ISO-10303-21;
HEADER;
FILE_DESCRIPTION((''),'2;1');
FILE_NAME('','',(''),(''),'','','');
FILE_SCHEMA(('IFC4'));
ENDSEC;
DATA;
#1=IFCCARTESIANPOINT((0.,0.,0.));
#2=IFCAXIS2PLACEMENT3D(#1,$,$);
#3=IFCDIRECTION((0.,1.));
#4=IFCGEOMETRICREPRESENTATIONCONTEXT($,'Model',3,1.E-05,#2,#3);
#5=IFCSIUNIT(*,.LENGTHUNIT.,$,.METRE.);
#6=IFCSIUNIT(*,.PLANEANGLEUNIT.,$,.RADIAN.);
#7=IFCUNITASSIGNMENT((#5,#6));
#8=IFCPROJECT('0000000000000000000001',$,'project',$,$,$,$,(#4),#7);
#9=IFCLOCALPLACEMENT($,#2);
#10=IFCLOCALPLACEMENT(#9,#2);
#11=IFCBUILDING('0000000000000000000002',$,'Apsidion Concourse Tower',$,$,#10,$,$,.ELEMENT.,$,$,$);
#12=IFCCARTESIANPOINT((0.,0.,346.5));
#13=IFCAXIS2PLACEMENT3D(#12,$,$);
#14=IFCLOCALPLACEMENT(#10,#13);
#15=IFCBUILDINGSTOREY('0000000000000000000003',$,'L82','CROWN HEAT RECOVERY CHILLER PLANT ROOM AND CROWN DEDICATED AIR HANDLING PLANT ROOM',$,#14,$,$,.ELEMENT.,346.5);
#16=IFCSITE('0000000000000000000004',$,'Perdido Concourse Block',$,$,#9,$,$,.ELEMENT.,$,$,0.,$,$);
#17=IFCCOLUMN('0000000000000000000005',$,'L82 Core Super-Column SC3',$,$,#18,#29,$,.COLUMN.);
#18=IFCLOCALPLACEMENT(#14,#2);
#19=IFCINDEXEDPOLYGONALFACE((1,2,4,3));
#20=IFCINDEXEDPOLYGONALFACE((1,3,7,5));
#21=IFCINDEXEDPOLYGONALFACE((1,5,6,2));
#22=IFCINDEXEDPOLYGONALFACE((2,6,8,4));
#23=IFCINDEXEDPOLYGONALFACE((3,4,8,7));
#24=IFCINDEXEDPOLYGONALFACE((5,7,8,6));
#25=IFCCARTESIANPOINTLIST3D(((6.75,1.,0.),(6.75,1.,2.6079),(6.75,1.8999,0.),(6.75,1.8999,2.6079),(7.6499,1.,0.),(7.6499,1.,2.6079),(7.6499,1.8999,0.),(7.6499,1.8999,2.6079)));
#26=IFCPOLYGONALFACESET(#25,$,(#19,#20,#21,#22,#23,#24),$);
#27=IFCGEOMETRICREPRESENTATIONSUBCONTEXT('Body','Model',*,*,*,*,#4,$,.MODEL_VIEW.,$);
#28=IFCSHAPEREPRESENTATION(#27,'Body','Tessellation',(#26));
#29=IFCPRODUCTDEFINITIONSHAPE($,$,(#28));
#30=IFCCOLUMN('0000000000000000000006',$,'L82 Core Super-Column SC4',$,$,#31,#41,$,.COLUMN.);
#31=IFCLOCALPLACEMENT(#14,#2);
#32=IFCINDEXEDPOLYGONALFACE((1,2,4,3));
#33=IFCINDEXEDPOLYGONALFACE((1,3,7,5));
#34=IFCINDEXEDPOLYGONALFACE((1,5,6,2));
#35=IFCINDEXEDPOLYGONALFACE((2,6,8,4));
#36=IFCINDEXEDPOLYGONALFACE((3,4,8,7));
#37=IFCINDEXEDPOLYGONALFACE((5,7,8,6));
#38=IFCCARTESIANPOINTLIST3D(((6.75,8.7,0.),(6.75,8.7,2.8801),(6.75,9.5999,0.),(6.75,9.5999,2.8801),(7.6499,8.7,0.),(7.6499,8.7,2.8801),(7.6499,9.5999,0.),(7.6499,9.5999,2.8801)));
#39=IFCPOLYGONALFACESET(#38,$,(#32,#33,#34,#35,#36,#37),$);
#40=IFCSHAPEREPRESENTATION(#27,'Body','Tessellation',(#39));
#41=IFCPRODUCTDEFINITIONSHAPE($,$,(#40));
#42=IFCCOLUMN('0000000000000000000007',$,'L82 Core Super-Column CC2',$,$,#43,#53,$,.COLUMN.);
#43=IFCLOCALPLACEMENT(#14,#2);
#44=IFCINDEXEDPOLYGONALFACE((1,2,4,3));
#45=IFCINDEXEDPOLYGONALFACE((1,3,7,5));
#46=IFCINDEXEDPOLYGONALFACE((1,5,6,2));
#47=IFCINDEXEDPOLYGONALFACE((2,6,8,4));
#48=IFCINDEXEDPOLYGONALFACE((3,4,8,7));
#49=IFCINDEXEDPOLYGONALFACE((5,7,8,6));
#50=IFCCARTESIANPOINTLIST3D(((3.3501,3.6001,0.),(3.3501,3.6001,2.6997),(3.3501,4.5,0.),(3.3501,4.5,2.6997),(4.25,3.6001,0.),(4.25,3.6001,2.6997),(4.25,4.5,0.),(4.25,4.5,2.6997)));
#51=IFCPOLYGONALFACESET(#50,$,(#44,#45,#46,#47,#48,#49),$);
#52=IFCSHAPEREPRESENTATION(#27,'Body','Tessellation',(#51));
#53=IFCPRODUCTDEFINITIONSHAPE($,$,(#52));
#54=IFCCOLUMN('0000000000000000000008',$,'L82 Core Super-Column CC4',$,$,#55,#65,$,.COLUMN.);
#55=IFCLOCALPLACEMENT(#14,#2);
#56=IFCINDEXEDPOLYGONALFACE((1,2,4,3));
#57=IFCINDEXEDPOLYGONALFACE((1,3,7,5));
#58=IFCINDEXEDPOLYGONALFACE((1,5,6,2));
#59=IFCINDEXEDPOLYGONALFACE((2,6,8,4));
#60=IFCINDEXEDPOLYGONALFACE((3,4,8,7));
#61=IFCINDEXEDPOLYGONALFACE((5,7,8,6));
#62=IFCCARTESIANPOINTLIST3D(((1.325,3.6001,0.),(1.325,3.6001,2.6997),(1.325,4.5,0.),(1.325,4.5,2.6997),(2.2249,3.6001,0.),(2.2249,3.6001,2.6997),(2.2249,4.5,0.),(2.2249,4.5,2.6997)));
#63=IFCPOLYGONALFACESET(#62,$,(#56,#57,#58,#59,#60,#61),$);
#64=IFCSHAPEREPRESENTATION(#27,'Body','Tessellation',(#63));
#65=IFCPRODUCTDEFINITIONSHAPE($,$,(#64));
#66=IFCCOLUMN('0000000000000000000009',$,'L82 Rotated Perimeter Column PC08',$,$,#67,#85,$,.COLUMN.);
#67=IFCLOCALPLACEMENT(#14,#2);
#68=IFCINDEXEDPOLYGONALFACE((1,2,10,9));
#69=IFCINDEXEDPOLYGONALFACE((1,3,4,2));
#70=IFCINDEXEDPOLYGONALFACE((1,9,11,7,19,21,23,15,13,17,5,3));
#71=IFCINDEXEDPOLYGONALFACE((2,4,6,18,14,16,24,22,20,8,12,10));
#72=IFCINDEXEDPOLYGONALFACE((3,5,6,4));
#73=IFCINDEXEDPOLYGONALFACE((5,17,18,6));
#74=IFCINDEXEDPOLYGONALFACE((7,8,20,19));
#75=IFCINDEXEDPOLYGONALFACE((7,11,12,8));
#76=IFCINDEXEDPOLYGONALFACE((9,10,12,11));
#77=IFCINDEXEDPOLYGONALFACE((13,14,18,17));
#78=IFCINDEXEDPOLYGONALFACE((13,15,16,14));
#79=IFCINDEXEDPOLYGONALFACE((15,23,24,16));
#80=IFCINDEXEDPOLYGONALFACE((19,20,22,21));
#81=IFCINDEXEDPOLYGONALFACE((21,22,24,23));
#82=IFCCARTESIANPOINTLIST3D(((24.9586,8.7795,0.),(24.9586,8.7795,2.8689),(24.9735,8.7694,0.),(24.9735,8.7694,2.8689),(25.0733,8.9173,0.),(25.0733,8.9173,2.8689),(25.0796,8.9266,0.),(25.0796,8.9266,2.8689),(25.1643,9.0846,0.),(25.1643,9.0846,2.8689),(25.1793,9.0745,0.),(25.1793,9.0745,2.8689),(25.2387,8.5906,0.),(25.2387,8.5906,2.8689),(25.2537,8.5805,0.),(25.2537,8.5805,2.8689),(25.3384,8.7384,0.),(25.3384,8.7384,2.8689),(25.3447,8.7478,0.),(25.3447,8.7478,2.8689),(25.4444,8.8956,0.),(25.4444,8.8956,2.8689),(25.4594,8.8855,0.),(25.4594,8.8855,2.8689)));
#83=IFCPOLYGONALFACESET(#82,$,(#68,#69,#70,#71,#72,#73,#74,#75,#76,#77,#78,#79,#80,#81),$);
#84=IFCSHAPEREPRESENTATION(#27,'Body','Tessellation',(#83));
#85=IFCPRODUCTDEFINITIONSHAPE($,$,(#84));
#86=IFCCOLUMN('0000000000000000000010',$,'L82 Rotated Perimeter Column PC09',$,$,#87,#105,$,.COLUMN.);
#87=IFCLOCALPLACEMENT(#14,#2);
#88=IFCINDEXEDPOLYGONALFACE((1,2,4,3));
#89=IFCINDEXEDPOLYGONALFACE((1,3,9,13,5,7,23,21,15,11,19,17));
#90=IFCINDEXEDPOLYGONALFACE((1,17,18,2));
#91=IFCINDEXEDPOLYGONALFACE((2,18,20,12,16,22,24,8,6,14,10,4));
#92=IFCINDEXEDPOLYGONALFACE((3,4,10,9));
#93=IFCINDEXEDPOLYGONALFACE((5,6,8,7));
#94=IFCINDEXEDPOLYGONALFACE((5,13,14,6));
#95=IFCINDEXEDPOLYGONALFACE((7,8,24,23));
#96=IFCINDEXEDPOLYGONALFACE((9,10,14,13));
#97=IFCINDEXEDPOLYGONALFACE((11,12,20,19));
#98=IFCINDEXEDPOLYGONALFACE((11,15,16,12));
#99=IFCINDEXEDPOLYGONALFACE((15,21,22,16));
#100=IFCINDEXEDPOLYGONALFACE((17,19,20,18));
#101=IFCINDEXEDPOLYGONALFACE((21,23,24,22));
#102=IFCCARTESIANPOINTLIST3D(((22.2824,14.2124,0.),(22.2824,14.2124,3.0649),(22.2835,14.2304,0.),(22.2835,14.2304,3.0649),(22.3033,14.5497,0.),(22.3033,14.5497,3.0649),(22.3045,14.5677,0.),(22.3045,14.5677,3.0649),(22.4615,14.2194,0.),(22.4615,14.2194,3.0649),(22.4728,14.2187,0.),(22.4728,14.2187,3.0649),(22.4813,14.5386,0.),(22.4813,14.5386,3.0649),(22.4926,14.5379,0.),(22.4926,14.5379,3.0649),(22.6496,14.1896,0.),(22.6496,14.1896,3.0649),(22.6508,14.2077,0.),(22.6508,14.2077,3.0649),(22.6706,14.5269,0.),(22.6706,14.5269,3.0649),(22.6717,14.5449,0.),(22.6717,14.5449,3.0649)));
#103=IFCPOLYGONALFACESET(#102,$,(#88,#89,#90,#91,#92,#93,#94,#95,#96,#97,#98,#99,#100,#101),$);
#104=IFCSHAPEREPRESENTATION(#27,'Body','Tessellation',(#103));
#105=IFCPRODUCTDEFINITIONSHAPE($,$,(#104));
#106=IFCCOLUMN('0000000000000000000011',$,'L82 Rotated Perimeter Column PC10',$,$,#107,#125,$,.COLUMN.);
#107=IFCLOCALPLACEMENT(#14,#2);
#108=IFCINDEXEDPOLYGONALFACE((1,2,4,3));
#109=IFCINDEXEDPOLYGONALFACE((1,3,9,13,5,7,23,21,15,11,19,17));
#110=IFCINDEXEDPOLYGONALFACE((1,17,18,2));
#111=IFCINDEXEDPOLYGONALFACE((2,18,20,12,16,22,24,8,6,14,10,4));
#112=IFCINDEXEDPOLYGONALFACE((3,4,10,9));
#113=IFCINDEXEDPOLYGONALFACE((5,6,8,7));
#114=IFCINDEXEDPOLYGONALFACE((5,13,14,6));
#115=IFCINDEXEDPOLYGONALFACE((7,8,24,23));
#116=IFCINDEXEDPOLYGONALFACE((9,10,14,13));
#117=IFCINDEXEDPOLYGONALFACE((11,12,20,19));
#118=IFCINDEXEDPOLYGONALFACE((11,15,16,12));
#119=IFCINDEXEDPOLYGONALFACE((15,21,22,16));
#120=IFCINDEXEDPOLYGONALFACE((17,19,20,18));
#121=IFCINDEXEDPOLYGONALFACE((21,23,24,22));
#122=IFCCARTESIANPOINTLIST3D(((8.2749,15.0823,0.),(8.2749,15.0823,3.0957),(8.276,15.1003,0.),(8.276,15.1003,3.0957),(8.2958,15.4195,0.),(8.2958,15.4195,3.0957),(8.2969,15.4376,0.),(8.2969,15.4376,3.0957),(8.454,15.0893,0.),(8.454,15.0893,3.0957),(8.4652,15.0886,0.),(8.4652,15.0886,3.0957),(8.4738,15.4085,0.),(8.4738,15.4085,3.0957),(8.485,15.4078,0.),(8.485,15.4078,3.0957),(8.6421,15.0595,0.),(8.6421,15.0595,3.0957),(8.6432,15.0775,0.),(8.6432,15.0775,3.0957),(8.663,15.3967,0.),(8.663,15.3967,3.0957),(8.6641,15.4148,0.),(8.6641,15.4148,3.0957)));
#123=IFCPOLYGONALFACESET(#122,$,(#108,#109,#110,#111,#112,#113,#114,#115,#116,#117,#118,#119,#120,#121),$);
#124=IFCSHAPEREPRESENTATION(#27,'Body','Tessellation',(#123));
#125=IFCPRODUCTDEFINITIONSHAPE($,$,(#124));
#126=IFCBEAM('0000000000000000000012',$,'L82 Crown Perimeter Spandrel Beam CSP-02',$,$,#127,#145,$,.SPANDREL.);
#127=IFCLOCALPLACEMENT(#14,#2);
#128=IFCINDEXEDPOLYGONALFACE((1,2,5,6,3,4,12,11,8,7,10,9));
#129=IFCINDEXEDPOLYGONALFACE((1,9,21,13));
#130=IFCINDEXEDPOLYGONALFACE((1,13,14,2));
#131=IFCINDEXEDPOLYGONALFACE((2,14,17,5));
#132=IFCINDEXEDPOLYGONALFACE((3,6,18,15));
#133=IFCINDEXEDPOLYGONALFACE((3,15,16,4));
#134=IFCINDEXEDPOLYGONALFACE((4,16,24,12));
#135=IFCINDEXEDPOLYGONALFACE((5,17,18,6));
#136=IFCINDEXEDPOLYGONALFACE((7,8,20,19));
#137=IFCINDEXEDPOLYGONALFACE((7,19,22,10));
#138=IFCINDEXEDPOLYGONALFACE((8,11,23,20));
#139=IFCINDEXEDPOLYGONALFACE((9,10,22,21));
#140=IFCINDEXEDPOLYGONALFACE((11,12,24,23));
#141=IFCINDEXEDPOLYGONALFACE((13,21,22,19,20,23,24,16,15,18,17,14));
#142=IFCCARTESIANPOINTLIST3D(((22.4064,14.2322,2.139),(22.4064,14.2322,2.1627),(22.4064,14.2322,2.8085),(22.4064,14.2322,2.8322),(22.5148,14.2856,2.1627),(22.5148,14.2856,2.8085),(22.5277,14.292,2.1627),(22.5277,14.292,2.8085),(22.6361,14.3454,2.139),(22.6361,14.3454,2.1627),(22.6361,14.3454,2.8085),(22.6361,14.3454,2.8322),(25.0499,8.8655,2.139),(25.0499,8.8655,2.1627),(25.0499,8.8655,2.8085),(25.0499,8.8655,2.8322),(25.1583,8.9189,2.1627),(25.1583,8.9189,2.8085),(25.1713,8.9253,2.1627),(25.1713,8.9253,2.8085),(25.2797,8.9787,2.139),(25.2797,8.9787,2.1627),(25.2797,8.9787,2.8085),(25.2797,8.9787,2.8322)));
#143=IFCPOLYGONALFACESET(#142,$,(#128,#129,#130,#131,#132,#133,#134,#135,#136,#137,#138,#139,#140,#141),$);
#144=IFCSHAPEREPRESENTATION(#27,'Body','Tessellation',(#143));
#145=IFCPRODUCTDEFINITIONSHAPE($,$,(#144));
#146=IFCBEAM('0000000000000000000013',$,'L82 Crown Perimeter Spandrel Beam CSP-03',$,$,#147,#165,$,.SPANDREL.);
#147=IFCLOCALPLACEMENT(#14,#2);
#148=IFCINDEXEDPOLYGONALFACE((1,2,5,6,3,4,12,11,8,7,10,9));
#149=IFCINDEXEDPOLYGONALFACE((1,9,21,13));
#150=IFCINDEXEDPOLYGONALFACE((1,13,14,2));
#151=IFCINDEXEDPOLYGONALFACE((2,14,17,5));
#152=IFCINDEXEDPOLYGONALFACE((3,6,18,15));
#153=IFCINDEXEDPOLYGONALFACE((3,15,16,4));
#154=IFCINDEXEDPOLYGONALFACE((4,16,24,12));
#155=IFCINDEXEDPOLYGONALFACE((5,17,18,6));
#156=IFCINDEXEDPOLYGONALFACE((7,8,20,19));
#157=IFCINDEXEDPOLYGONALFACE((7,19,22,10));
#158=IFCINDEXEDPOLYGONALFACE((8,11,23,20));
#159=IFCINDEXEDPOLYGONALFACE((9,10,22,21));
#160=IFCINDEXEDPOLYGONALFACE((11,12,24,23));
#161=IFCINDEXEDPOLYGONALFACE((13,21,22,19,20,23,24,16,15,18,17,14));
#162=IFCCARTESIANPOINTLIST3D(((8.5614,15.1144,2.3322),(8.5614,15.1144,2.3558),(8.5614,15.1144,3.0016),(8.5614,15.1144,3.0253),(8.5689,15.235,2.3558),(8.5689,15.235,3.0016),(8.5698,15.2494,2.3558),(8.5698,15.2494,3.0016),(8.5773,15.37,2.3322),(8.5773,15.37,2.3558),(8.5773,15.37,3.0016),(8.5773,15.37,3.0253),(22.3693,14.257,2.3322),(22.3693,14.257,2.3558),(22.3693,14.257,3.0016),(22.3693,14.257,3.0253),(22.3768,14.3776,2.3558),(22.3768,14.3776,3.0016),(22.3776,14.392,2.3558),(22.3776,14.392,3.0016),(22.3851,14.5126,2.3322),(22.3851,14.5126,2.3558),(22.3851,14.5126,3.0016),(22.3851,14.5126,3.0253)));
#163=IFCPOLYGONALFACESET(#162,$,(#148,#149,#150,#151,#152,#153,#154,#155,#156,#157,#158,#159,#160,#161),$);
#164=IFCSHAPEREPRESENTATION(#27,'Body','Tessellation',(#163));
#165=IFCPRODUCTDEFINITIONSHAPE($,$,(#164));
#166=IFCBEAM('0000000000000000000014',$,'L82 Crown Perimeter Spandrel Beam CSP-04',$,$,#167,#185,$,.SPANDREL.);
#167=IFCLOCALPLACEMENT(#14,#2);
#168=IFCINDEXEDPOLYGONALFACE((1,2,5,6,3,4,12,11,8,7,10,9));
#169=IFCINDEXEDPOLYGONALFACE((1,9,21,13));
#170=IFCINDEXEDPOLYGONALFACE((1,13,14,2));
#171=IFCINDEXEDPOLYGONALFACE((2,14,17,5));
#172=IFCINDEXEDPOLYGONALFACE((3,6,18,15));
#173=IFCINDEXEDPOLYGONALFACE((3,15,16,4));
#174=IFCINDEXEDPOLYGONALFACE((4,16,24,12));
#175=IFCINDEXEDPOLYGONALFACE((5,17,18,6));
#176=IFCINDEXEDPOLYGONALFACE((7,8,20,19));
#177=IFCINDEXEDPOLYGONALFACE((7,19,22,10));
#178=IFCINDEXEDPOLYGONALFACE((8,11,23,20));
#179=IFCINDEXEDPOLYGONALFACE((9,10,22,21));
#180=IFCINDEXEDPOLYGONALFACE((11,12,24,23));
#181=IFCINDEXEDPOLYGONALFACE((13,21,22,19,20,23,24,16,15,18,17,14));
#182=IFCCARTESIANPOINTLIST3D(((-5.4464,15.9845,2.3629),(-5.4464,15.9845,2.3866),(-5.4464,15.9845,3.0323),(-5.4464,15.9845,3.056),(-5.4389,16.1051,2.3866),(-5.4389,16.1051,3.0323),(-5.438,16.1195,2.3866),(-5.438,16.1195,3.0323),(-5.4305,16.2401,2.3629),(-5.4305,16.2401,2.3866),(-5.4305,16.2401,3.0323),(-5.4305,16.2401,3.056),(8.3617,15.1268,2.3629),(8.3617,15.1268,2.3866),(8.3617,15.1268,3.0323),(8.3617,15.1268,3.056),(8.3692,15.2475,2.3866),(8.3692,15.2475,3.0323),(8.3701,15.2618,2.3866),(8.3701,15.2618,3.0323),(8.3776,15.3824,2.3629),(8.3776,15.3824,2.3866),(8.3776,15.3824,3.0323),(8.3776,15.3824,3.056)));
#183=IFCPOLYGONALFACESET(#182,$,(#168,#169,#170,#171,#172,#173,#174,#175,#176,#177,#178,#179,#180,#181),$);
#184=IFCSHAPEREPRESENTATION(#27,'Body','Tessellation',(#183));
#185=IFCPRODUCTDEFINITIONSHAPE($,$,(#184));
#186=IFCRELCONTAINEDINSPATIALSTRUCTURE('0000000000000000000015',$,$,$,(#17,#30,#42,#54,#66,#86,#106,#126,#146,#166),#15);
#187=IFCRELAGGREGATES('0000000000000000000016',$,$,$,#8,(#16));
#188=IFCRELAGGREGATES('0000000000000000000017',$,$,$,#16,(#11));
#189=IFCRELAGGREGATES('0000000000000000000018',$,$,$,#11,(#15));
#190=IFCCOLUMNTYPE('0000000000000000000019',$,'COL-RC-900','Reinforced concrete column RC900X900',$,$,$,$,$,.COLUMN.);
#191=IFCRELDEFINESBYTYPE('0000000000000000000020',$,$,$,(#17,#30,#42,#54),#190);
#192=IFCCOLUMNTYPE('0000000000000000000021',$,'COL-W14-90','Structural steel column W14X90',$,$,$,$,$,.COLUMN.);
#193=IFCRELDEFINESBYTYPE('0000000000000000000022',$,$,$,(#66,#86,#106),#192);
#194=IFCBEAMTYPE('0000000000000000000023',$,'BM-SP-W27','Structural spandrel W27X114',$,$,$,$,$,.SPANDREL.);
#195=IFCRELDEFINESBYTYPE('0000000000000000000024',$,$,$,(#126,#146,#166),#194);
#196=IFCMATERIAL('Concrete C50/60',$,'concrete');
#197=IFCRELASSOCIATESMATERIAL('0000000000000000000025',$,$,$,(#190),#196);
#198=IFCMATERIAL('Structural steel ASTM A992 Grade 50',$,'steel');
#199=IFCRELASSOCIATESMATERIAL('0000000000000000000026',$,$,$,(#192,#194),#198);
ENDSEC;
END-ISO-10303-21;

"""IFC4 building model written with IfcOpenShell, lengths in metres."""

from ifc_helpers import new_model, si_unit, direction, frame, origin, origin_2d, place, context, subcontext, project, spatial, rectangle, i_section, extrude, material, material_profile, profile_set, type_object, element, save


model = new_model("IFC4")

# Units and contexts
model_context = context("Model", 3, precision=1e-05, world=origin(), true_north=direction((0.0, 1.0)))
body_context = subcontext(model_context, "Body", "Model", "MODEL_VIEW")
ifc_project = project(units=[si_unit("LENGTHUNIT", "METRE"), si_unit("PLANEANGLEUNIT", "RADIAN")], contexts=[model_context])

# Site, building, storey
site_placement = place(None, origin())
site = spatial("IfcSite", under=ifc_project, at=site_placement, Name="Perdido Concourse Block", CompositionType="ELEMENT", RefElevation=0.0)
building_placement = place(site_placement, origin())
building = spatial("IfcBuilding", under=site, at=building_placement, Name="Apsidion Concourse Tower", CompositionType="ELEMENT")
storey_placement = place(building_placement, frame((0.0, 0.0, 346.5)))
storey = spatial("IfcBuildingStorey", under=building, at=storey_placement, Name="L82", Description="CROWN HEAT RECOVERY CHILLER PLANT ROOM AND CROWN DEDICATED AIR HANDLING PLANT ROOM", CompositionType="ELEMENT", Elevation=346.5)

# Columns
ifc_material_1 = material(Name="Concrete C50/60", Category="concrete")
ifc_material_profile_1 = material_profile(ifc_material_1, rectangle(XDim=0.8999, YDim=0.8999, at=origin_2d()), Name="RC 900x900")
ifc_profile_set_1 = profile_set([ifc_material_profile_1], Name="Concrete C50/60")
column_type_1 = type_object("IfcColumnType", Name="COL-RC-900", Description="Reinforced concrete column RC900X900", PredefinedType="COLUMN", material=ifc_profile_set_1)
column_1_placement = place(storey_placement, frame((7.2, 1.45, 0.0), z_axis=(0.0, 0.0, 1.0), x_axis=(1.0, 0.0, 0.0)))
element("IfcColumn", 1, at=column_1_placement, inside=storey, type_object=column_type_1, Name="L82 Core Super-Column SC3", PredefinedType="COLUMN", context=body_context, shape_type="SweptSolid", body=[
    extrude(rectangle(XDim=0.8999, YDim=0.8999, at=origin_2d()), origin(), (0.0, 0.0, 1.0), 2.6079),
])
column_2_placement = place(storey_placement, frame((7.2, 9.1499, 0.0), z_axis=(0.0, 0.0, 1.0), x_axis=(1.0, 0.0, 0.0)))
element("IfcColumn", 2, at=column_2_placement, inside=storey, type_object=column_type_1, Name="L82 Core Super-Column SC4", PredefinedType="COLUMN", context=body_context, shape_type="SweptSolid", body=[
    extrude(rectangle(XDim=0.8999, YDim=0.8999, at=origin_2d()), origin(), (0.0, 0.0, 1.0), 2.8801),
])
for number, where, z_axis, x_axis, name in (
    (3, (3.8, 4.05, 0.0), (0.0, 0.0, 1.0), (1.0, 0.0, 0.0), "L82 Core Super-Column CC2"),
    (4, (1.7749, 4.05, 0.0), (0.0, 0.0, 1.0), (1.0, 0.0, 0.0), "L82 Core Super-Column CC4"),
):
    element("IfcColumn", number, at=place(storey_placement, frame(where, z_axis=z_axis, x_axis=x_axis)), inside=storey, type_object=column_type_1, Name=name, PredefinedType="COLUMN", context=body_context, shape_type="SweptSolid", body=[
        extrude(rectangle(XDim=0.8999, YDim=0.8999, at=origin_2d()), origin(), (0.0, 0.0, 1.0), 2.6997),
    ])
ifc_material_2 = material(Name="Structural steel ASTM A992 Grade 50", Category="steel")
ifc_material_profile_2 = material_profile(ifc_material_2, i_section(OverallWidth=0.3679, OverallDepth=0.356, WebThickness=0.0112, FlangeThickness=0.0181, at=origin_2d()), Name="W14X90")
ifc_profile_set_2 = profile_set([ifc_material_profile_2], Name="Structural steel ASTM A992 Grade 50")
column_type_2 = type_object("IfcColumnType", Name="COL-W14-90", Description="Structural steel column W14X90", PredefinedType="COLUMN", material=ifc_profile_set_2)
column_3_placement = place(storey_placement, frame((25.209, 8.8325, 0.0), z_axis=(0.0, 0.0, 1.0), x_axis=(0.559193, 0.829038, 0.0)))
element("IfcColumn", 5, at=column_3_placement, inside=storey, type_object=column_type_2, Name="L82 Rotated Perimeter Column PC08", PredefinedType="COLUMN", context=body_context, shape_type="SweptSolid", body=[
    extrude(i_section(OverallWidth=0.3679, OverallDepth=0.356, WebThickness=0.0112, FlangeThickness=0.0181, at=origin_2d()), origin(), (0.0, 0.0, 1.0), 2.8689),
])
column_4_placement = place(storey_placement, frame((22.4771, 14.3787, 0.0), z_axis=(0.0, 0.0, 1.0), x_axis=(-0.998081, 0.06192, 0.0)))
element("IfcColumn", 6, at=column_4_placement, inside=storey, type_object=column_type_2, Name="L82 Rotated Perimeter Column PC09", PredefinedType="COLUMN", context=body_context, shape_type="SweptSolid", body=[
    extrude(i_section(OverallWidth=0.3679, OverallDepth=0.356, WebThickness=0.0112, FlangeThickness=0.0181, at=origin_2d()), origin(), (0.0, 0.0, 1.0), 3.0649),
])
column_5_placement = place(storey_placement, frame((8.4695, 15.2485, 0.0), z_axis=(0.0, 0.0, 1.0), x_axis=(-0.998081, 0.06192, 0.0)))
element("IfcColumn", 7, at=column_5_placement, inside=storey, type_object=column_type_2, Name="L82 Rotated Perimeter Column PC10", PredefinedType="COLUMN", context=body_context, shape_type="SweptSolid", body=[
    extrude(i_section(OverallWidth=0.3679, OverallDepth=0.356, WebThickness=0.0112, FlangeThickness=0.0181, at=origin_2d()), origin(), (0.0, 0.0, 1.0), 3.0957),
])

# Beams
ifc_material_profile_3 = material_profile(ifc_material_2, i_section(OverallWidth=0.2561, OverallDepth=0.6931, WebThickness=0.0144, FlangeThickness=0.0237, at=origin_2d()), Name="W27X114")
ifc_profile_set_3 = profile_set([ifc_material_profile_3], Name="Structural steel ASTM A992 Grade 50")
beam_type = type_object("IfcBeamType", Name="BM-SP-W27", Description="Structural spandrel W27X114", PredefinedType="SPANDREL", material=ifc_profile_set_3)
beam_1_placement = place(storey_placement, frame((25.1648, 8.9221, 2.4856), z_axis=(-0.441884, 0.897072, 0.0), x_axis=(-0.897072, -0.441884, 0.0)))
element("IfcBeam", 8, at=beam_1_placement, inside=storey, type_object=beam_type, Name="L82 Crown Perimeter Spandrel Beam CSP-02", PredefinedType="SPANDREL", context=body_context, shape_type="SweptSolid", body=[
    extrude(i_section(OverallWidth=0.2561, OverallDepth=0.6931, WebThickness=0.0144, FlangeThickness=0.0237, at=origin_2d()), origin(), (0.0, 0.0, 1.0), 5.9824),
])
beam_2_placement = place(storey_placement, frame((22.3772, 14.3848, 2.6787), z_axis=(-0.998078, 0.061977, 0.0), x_axis=(-0.061977, -0.998078, 0.0)))
element("IfcBeam", 9, at=beam_2_placement, inside=storey, type_object=beam_type, Name="L82 Crown Perimeter Spandrel Beam CSP-03", PredefinedType="SPANDREL", context=body_context, shape_type="SweptSolid", body=[
    extrude(i_section(OverallWidth=0.2561, OverallDepth=0.6931, WebThickness=0.0144, FlangeThickness=0.0237, at=origin_2d()), origin(), (0.0, 0.0, 1.0), 13.8345),
])
beam_3_placement = place(storey_placement, frame((8.3696, 15.2546, 2.7095), z_axis=(-0.998077, 0.061994, 0.0), x_axis=(-0.061994, -0.998077, 0.0)))
element("IfcBeam", 10, at=beam_3_placement, inside=storey, type_object=beam_type, Name="L82 Crown Perimeter Spandrel Beam CSP-04", PredefinedType="SPANDREL", context=body_context, shape_type="SweptSolid", body=[
    extrude(i_section(OverallWidth=0.2561, OverallDepth=0.6931, WebThickness=0.0144, FlangeThickness=0.0237, at=origin_2d()), origin(), (0.0, 0.0, 1.0), 13.8347),
])

save(model, "model.ifc")
